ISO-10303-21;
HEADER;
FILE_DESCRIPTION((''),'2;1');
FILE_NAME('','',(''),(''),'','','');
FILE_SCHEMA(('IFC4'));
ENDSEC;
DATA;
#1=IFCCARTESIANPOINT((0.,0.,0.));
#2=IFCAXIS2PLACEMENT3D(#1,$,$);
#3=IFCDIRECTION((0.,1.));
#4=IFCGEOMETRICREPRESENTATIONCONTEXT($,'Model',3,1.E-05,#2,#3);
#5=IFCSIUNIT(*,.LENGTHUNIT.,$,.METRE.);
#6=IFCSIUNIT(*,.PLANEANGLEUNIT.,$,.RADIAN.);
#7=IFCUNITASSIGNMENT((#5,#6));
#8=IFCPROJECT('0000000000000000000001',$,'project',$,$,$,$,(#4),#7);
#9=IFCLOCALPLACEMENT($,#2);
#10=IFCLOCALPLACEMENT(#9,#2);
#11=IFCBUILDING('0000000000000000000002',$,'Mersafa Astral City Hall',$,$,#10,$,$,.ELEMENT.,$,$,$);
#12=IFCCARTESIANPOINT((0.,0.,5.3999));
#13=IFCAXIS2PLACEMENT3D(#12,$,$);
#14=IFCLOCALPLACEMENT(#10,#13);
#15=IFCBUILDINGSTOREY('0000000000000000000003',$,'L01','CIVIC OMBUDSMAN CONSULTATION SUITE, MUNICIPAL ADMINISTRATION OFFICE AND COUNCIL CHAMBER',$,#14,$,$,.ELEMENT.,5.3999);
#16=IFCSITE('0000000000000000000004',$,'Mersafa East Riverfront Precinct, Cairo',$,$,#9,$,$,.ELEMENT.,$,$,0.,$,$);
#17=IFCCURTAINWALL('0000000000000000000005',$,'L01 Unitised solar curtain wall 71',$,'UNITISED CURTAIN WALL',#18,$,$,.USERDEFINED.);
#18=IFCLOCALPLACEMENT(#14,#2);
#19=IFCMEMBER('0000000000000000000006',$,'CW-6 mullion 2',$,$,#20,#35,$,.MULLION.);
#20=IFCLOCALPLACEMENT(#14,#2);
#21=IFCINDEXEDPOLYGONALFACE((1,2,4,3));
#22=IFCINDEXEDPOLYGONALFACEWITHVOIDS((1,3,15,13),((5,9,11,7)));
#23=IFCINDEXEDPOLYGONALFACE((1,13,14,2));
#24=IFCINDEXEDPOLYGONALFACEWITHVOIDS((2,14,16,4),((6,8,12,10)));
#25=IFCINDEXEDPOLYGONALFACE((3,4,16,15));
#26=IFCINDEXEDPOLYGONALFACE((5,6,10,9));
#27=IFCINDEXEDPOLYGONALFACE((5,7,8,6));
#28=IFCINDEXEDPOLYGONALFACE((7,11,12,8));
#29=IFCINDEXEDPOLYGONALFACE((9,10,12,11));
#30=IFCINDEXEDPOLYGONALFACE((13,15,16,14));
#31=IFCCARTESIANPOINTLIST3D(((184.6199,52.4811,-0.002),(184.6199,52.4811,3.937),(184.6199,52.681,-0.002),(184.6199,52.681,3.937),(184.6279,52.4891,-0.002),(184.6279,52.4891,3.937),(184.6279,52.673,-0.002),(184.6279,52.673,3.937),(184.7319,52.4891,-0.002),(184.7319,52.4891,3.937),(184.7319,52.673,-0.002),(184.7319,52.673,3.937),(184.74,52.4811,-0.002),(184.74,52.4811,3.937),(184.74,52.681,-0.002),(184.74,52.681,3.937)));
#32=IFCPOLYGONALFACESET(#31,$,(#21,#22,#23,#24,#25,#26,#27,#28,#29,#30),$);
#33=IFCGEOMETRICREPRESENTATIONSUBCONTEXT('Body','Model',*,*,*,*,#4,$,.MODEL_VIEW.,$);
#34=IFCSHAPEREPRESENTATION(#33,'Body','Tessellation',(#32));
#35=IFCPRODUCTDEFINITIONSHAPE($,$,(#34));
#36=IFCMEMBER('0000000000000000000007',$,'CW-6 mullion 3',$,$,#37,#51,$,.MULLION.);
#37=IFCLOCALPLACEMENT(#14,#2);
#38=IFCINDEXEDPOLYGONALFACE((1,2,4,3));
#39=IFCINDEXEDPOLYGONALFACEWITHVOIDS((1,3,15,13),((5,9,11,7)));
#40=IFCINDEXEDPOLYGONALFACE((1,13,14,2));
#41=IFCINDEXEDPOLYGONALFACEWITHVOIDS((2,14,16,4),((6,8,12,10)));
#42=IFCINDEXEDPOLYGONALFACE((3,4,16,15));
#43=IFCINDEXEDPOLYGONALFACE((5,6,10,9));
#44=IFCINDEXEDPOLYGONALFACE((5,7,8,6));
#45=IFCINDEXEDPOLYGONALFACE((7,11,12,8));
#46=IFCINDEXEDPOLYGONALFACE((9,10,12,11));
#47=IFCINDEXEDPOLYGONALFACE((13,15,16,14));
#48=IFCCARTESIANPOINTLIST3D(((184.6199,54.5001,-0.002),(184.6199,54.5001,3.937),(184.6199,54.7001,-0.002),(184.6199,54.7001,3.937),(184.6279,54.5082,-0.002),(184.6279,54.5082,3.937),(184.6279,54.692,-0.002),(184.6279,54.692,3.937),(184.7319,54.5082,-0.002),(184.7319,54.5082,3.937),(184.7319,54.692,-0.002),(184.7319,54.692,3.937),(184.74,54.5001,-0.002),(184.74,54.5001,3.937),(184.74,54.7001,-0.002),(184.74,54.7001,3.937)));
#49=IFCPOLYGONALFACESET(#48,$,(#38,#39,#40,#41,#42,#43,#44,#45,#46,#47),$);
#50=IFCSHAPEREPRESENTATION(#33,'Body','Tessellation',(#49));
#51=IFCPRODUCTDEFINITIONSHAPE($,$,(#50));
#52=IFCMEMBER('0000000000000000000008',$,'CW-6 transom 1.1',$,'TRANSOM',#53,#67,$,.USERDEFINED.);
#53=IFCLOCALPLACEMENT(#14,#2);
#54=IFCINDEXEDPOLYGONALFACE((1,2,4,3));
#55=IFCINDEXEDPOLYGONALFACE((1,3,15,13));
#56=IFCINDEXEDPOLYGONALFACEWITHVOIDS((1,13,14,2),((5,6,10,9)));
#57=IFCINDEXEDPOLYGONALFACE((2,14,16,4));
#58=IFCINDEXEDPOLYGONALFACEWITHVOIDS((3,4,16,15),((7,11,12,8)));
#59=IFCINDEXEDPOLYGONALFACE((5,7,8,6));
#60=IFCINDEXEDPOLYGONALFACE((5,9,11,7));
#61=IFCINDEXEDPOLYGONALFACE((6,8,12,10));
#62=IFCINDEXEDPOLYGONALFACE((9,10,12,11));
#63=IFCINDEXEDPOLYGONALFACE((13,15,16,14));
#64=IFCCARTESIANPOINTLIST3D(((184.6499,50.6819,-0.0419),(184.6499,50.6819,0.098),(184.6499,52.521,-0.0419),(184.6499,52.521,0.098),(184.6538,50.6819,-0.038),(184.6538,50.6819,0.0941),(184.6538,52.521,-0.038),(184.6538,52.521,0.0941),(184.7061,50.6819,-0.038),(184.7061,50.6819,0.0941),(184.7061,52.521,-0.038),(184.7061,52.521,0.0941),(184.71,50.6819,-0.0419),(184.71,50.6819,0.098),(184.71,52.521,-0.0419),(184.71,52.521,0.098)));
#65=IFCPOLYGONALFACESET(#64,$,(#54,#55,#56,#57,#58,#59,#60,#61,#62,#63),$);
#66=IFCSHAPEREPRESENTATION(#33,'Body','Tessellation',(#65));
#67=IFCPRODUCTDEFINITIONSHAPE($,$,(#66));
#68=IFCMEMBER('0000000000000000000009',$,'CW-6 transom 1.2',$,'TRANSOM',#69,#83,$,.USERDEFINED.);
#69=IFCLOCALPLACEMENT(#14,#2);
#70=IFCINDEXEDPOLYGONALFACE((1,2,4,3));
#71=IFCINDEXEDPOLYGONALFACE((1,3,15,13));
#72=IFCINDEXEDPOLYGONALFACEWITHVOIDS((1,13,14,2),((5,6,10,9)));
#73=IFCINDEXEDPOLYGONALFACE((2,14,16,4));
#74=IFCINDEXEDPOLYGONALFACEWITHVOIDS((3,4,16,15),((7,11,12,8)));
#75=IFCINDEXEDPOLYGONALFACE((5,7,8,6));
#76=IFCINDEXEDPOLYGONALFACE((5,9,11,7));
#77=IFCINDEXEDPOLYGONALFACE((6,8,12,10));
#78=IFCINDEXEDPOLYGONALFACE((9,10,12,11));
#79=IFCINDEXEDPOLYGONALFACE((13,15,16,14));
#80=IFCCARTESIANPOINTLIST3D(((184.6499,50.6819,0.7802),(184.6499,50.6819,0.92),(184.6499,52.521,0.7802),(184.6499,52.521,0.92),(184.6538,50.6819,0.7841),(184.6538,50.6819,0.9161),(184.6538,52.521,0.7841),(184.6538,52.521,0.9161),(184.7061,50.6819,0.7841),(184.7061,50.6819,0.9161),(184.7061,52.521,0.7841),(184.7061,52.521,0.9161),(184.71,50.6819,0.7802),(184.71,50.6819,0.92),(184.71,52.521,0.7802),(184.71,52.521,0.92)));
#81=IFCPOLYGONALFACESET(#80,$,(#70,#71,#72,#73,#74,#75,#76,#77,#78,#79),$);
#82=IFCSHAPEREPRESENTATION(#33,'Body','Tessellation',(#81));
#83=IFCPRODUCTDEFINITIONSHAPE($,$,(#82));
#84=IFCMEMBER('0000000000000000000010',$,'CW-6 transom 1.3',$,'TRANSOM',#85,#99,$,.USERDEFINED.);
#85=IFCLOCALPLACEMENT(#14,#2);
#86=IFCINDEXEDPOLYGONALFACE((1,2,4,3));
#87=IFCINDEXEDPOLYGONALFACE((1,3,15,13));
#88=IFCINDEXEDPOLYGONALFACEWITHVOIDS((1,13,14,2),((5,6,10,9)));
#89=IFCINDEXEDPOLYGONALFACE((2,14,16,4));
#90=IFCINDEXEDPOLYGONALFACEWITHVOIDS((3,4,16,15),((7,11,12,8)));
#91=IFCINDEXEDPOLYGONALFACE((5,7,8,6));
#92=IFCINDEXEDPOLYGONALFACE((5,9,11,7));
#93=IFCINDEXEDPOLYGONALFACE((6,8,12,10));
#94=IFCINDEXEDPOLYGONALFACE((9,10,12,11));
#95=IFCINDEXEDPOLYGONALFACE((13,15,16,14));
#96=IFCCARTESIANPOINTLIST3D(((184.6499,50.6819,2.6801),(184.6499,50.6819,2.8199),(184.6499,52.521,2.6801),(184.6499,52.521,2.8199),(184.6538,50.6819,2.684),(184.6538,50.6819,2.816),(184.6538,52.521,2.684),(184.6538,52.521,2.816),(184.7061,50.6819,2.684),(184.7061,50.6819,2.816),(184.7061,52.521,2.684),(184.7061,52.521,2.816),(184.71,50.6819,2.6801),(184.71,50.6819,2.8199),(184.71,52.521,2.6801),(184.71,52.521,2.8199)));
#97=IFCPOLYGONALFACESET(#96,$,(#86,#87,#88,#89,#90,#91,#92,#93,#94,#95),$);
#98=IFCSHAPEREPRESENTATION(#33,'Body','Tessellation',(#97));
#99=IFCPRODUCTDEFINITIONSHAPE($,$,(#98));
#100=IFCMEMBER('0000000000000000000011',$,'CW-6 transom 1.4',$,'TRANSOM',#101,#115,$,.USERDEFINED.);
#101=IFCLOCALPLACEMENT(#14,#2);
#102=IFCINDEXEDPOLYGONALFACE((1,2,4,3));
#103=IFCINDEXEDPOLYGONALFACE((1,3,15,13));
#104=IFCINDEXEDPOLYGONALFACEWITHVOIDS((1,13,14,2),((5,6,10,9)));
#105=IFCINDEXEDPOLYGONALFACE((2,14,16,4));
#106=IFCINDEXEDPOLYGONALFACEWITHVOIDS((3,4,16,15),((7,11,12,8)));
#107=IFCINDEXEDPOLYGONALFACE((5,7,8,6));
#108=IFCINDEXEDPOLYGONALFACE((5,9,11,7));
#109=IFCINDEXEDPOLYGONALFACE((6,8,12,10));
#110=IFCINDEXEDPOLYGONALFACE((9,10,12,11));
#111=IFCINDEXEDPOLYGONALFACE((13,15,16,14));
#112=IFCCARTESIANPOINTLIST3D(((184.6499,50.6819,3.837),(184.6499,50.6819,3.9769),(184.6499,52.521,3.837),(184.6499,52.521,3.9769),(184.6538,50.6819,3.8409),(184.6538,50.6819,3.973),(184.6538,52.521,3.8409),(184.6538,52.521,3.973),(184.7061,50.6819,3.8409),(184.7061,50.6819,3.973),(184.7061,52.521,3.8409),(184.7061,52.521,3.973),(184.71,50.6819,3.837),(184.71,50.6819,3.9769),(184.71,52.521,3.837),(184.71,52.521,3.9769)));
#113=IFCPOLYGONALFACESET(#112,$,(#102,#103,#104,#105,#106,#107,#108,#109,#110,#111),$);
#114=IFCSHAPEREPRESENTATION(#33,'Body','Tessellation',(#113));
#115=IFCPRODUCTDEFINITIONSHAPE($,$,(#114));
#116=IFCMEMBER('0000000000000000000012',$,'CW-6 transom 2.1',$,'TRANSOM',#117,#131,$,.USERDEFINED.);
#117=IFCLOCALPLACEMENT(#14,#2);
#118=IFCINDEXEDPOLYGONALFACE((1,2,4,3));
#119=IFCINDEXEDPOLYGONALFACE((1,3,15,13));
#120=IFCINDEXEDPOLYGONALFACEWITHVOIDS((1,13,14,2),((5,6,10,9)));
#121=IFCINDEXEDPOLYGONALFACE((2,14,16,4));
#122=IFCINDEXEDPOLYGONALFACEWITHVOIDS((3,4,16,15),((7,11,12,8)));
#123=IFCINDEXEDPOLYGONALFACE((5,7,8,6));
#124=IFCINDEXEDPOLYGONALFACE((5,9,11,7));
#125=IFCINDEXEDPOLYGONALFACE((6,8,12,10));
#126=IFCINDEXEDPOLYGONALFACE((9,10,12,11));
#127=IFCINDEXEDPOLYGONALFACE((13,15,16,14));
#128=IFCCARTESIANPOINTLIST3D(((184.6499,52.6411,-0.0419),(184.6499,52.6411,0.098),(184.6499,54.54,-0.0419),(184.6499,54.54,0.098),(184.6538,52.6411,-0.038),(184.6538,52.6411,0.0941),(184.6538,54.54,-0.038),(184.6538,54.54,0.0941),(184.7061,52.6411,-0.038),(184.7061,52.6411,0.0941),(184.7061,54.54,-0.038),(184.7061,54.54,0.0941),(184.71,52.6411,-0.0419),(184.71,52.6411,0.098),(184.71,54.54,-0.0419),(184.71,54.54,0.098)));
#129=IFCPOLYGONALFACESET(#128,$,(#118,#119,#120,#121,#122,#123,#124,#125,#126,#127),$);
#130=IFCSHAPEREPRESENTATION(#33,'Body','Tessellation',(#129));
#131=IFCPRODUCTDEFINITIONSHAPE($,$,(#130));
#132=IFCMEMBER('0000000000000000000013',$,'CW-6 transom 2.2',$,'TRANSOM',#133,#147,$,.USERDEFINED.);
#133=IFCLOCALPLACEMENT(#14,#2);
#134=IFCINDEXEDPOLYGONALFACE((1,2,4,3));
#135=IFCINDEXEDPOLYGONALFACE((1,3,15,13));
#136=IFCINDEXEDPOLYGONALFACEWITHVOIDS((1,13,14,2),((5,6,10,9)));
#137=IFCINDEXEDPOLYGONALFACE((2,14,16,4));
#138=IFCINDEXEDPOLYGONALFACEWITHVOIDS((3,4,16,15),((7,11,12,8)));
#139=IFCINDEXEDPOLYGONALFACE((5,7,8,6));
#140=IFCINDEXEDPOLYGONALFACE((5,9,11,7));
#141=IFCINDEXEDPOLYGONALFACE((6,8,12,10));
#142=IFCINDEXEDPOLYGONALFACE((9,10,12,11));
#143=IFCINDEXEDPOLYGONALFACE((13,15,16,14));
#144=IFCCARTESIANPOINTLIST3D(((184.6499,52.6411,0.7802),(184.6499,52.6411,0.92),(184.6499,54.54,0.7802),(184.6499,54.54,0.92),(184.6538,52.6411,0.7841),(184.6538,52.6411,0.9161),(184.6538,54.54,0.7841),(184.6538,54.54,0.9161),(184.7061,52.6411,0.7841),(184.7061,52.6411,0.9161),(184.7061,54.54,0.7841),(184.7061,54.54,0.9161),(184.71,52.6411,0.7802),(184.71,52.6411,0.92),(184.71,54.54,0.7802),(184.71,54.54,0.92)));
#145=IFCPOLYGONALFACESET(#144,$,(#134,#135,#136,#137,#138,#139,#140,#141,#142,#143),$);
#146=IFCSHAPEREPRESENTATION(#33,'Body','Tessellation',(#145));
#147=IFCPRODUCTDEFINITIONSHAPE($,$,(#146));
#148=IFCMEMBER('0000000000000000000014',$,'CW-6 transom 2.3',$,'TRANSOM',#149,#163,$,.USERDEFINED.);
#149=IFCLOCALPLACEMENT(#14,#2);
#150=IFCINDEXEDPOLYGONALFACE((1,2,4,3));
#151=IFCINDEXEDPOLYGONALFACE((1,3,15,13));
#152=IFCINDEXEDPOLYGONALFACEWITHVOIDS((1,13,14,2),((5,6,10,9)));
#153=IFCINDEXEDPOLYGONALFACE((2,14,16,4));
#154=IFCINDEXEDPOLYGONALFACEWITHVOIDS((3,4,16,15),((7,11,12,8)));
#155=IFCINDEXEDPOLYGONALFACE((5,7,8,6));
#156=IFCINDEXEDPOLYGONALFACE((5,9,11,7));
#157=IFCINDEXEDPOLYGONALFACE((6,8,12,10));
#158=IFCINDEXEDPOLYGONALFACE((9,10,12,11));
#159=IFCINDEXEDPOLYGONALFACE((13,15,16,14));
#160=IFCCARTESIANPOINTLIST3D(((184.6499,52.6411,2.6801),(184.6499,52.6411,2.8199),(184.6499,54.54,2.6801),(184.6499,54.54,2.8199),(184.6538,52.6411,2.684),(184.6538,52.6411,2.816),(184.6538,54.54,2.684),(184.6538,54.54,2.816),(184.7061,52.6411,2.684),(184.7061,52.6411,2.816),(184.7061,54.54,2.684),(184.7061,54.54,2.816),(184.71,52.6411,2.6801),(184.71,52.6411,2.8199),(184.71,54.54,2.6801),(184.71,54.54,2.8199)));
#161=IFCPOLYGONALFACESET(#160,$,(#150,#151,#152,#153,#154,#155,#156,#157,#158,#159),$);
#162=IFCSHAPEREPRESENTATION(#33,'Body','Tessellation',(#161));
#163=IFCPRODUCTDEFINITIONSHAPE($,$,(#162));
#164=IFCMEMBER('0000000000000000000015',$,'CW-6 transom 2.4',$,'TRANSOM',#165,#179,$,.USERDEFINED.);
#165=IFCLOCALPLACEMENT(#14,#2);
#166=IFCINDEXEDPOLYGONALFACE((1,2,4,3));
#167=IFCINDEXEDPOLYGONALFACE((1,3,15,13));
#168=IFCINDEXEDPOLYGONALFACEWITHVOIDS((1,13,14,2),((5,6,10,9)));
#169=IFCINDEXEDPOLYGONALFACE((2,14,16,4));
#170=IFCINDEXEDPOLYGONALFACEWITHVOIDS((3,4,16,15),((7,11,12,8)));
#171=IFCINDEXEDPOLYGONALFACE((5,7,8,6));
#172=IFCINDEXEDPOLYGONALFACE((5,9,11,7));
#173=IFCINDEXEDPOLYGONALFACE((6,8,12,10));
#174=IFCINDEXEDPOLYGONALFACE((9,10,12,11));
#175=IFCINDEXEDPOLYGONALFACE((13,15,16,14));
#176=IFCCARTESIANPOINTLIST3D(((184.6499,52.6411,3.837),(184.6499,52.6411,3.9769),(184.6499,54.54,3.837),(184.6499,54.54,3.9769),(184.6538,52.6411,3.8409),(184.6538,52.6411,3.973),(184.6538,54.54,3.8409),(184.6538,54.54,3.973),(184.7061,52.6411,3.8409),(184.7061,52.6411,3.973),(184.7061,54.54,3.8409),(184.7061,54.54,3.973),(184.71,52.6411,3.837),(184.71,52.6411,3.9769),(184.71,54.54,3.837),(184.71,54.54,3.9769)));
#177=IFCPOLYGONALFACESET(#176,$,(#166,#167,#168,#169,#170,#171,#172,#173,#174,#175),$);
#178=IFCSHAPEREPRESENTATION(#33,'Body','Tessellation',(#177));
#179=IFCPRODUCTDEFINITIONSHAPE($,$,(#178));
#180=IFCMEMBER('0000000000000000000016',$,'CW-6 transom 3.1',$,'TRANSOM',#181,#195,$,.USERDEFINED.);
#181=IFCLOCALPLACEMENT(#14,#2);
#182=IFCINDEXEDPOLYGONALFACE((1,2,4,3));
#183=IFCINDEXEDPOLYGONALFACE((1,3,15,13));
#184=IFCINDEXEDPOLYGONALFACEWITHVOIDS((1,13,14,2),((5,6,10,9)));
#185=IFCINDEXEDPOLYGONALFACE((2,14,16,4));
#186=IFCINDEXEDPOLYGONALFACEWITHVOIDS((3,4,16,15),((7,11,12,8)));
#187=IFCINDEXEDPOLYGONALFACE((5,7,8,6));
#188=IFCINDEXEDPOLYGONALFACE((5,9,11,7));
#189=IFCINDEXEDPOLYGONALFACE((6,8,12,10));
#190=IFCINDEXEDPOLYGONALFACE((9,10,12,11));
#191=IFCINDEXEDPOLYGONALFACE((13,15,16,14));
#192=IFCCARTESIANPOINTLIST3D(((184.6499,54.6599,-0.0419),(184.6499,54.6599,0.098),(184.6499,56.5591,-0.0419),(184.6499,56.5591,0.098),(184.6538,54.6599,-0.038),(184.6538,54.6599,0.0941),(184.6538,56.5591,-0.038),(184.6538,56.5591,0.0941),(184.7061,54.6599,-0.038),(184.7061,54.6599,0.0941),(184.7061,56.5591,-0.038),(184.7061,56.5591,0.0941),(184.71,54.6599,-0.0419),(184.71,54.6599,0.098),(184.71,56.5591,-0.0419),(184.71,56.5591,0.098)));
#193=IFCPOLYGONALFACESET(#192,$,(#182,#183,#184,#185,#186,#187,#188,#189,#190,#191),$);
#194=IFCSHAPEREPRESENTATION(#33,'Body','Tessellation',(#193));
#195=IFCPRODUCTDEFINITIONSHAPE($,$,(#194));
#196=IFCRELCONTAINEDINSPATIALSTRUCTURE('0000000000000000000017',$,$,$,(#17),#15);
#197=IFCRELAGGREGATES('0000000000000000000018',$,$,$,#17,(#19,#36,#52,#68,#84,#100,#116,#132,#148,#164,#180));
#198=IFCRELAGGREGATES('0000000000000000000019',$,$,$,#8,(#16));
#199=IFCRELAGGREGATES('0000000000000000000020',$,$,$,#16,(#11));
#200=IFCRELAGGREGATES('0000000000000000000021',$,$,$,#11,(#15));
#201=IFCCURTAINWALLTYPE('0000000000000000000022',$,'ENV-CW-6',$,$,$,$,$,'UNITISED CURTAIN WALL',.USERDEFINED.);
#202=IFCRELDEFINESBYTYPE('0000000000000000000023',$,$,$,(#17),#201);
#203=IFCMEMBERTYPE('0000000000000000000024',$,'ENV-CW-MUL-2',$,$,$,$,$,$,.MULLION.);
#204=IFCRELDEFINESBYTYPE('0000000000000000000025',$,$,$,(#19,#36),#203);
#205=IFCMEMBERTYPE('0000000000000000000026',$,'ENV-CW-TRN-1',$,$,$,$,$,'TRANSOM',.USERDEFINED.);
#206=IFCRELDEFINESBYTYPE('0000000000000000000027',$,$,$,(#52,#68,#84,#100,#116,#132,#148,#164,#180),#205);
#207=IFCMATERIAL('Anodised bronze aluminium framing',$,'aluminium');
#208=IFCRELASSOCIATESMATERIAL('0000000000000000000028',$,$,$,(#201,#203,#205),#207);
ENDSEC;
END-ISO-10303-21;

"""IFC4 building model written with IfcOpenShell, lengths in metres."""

from ifc_helpers import new_model, si_unit, direction, frame, origin, origin_2d, place, context, subcontext, project, spatial, hollow_rectangle, extrude, material, material_profile, profile_set, type_object, element, aggregate, save


model = new_model("IFC4")

# Units and contexts
model_context = context("Model", 3, precision=1e-05, world=origin(), true_north=direction((0.0, 1.0)))
body_context = subcontext(model_context, "Body", "Model", "MODEL_VIEW")
ifc_project = project(units=[si_unit("LENGTHUNIT", "METRE"), si_unit("PLANEANGLEUNIT", "RADIAN")], contexts=[model_context])

# Site, building, storey
site_placement = place(None, origin())
site = spatial("IfcSite", under=ifc_project, at=site_placement, Name="Mersafa East Riverfront Precinct, Cairo", CompositionType="ELEMENT", RefElevation=0.0)
building_placement = place(site_placement, origin())
building = spatial("IfcBuilding", under=site, at=building_placement, Name="Mersafa Astral City Hall", CompositionType="ELEMENT")
storey_placement = place(building_placement, frame((0.0, 0.0, 5.3999)))
storey = spatial("IfcBuildingStorey", under=building, at=storey_placement, Name="L01", Description="CIVIC OMBUDSMAN CONSULTATION SUITE, MUNICIPAL ADMINISTRATION OFFICE AND COUNCIL CHAMBER", CompositionType="ELEMENT", Elevation=5.3999)

# Curtain wall, members
ifc_material_1 = material(Name="Anodised bronze aluminium framing", Category="aluminium")
curtain_wall_type = type_object("IfcCurtainWallType", Name="ENV-CW-6", ElementType="UNITISED CURTAIN WALL", PredefinedType="USERDEFINED", material=ifc_material_1)
curtain_wall_placement = place(storey_placement, origin())
curtain_wall = element("IfcCurtainWall", 1, at=curtain_wall_placement, inside=storey, type_object=curtain_wall_type, Name="L01 Unitised solar curtain wall 71", ObjectType="UNITISED CURTAIN WALL", PredefinedType="USERDEFINED")
ifc_material_profile_1 = material_profile(ifc_material_1, hollow_rectangle(XDim=0.1201, YDim=0.2, WallThickness=0.0081, at=origin_2d()), Name="RHS 120x200x8")
ifc_profile_set_1 = profile_set([ifc_material_profile_1], Name="Anodised bronze aluminium framing")
member_type_1 = type_object("IfcMemberType", Name="ENV-CW-MUL-2", PredefinedType="MULLION", material=ifc_profile_set_1)
member_1_placement = place(storey_placement, frame((184.6799, 52.5811, -0.002), z_axis=(0.0, 0.0, 1.0), x_axis=(-1.0, 0.0, 0.0)))
member_1 = element("IfcMember", 2, at=member_1_placement, type_object=member_type_1, Name="CW-6 mullion 2", PredefinedType="MULLION", context=body_context, shape_type="SweptSolid", body=[
    extrude(hollow_rectangle(XDim=0.1201, YDim=0.2, WallThickness=0.0081, at=origin_2d()), origin(), (0.0, 0.0, 1.0), 3.939),
])
member_2_placement = place(storey_placement, frame((184.6799, 54.6001, -0.002), z_axis=(0.0, 0.0, 1.0), x_axis=(-1.0, 0.0, 0.0)))
member_2 = element("IfcMember", 3, at=member_2_placement, type_object=member_type_1, Name="CW-6 mullion 3", PredefinedType="MULLION", context=body_context, shape_type="SweptSolid", body=[
    extrude(hollow_rectangle(XDim=0.1201, YDim=0.2, WallThickness=0.0081, at=origin_2d()), origin(), (0.0, 0.0, 1.0), 3.939),
])
ifc_material_profile_2 = material_profile(ifc_material_1, hollow_rectangle(XDim=0.0601, YDim=0.1399, WallThickness=0.0039, at=origin_2d()), Name="RHS 60x140x4")
ifc_profile_set_2 = profile_set([ifc_material_profile_2], Name="Anodised bronze aluminium framing")
member_type_2 = type_object("IfcMemberType", Name="ENV-CW-TRN-1", ElementType="TRANSOM", PredefinedType="USERDEFINED", material=ifc_profile_set_2)
member_3_placement = place(storey_placement, frame((184.6799, 50.6819, 0.0281), z_axis=(0.0, 1.0, 0.0), x_axis=(-1.0, 0.0, 0.0)))
member_3 = element("IfcMember", 4, at=member_3_placement, type_object=member_type_2, Name="CW-6 transom 1.1", ObjectType="TRANSOM", PredefinedType="USERDEFINED", context=body_context, shape_type="SweptSolid", body=[
    extrude(hollow_rectangle(XDim=0.0601, YDim=0.1399, WallThickness=0.0039, at=origin_2d()), origin(), (0.0, 0.0, 1.0), 1.8391),
])
member_4_placement = place(storey_placement, frame((184.6799, 50.6819, 0.8501), z_axis=(0.0, 1.0, 0.0), x_axis=(-1.0, 0.0, 0.0)))
member_4 = element("IfcMember", 5, at=member_4_placement, type_object=member_type_2, Name="CW-6 transom 1.2", ObjectType="TRANSOM", PredefinedType="USERDEFINED", context=body_context, shape_type="SweptSolid", body=[
    extrude(hollow_rectangle(XDim=0.0601, YDim=0.1399, WallThickness=0.0039, at=origin_2d()), origin(), (0.0, 0.0, 1.0), 1.8391),
])
member_5_placement = place(storey_placement, frame((184.6799, 50.6819, 2.75), z_axis=(0.0, 1.0, 0.0), x_axis=(-1.0, 0.0, 0.0)))
member_5 = element("IfcMember", 6, at=member_5_placement, type_object=member_type_2, Name="CW-6 transom 1.3", ObjectType="TRANSOM", PredefinedType="USERDEFINED", context=body_context, shape_type="SweptSolid", body=[
    extrude(hollow_rectangle(XDim=0.0601, YDim=0.1399, WallThickness=0.0039, at=origin_2d()), origin(), (0.0, 0.0, 1.0), 1.8391),
])
member_6_placement = place(storey_placement, frame((184.6799, 50.6819, 3.907), z_axis=(0.0, 1.0, 0.0), x_axis=(-1.0, 0.0, 0.0)))
member_6 = element("IfcMember", 7, at=member_6_placement, type_object=member_type_2, Name="CW-6 transom 1.4", ObjectType="TRANSOM", PredefinedType="USERDEFINED", context=body_context, shape_type="SweptSolid", body=[
    extrude(hollow_rectangle(XDim=0.0601, YDim=0.1399, WallThickness=0.0039, at=origin_2d()), origin(), (0.0, 0.0, 1.0), 1.8391),
])
member_7_placement = place(storey_placement, frame((184.6799, 52.6411, 0.0281), z_axis=(0.0, 1.0, 0.0), x_axis=(-1.0, 0.0, 0.0)))
member_7 = element("IfcMember", 8, at=member_7_placement, type_object=member_type_2, Name="CW-6 transom 2.1", ObjectType="TRANSOM", PredefinedType="USERDEFINED", context=body_context, shape_type="SweptSolid", body=[
    extrude(hollow_rectangle(XDim=0.0601, YDim=0.1399, WallThickness=0.0039, at=origin_2d()), origin(), (0.0, 0.0, 1.0), 1.8989),
])
member_8_placement = place(storey_placement, frame((184.6799, 52.6411, 0.8501), z_axis=(0.0, 1.0, 0.0), x_axis=(-1.0, 0.0, 0.0)))
member_8 = element("IfcMember", 9, at=member_8_placement, type_object=member_type_2, Name="CW-6 transom 2.2", ObjectType="TRANSOM", PredefinedType="USERDEFINED", context=body_context, shape_type="SweptSolid", body=[
    extrude(hollow_rectangle(XDim=0.0601, YDim=0.1399, WallThickness=0.0039, at=origin_2d()), origin(), (0.0, 0.0, 1.0), 1.8989),
])
member_9_placement = place(storey_placement, frame((184.6799, 52.6411, 2.75), z_axis=(0.0, 1.0, 0.0), x_axis=(-1.0, 0.0, 0.0)))
member_9 = element("IfcMember", 10, at=member_9_placement, type_object=member_type_2, Name="CW-6 transom 2.3", ObjectType="TRANSOM", PredefinedType="USERDEFINED", context=body_context, shape_type="SweptSolid", body=[
    extrude(hollow_rectangle(XDim=0.0601, YDim=0.1399, WallThickness=0.0039, at=origin_2d()), origin(), (0.0, 0.0, 1.0), 1.8989),
])
member_10_placement = place(storey_placement, frame((184.6799, 52.6411, 3.907), z_axis=(0.0, 1.0, 0.0), x_axis=(-1.0, 0.0, 0.0)))
member_10 = element("IfcMember", 11, at=member_10_placement, type_object=member_type_2, Name="CW-6 transom 2.4", ObjectType="TRANSOM", PredefinedType="USERDEFINED", context=body_context, shape_type="SweptSolid", body=[
    extrude(hollow_rectangle(XDim=0.0601, YDim=0.1399, WallThickness=0.0039, at=origin_2d()), origin(), (0.0, 0.0, 1.0), 1.8989),
])
member_11_placement = place(storey_placement, frame((184.6799, 54.6599, 0.0281), z_axis=(0.0, 1.0, 0.0), x_axis=(-1.0, 0.0, 0.0)))
member_11 = element("IfcMember", 12, at=member_11_placement, type_object=member_type_2, Name="CW-6 transom 3.1", ObjectType="TRANSOM", PredefinedType="USERDEFINED", context=body_context, shape_type="SweptSolid", body=[
    extrude(hollow_rectangle(XDim=0.0601, YDim=0.1399, WallThickness=0.0039, at=origin_2d()), origin(), (0.0, 0.0, 1.0), 1.8992),
])
aggregate(curtain_wall, [member_1, member_2, member_3, member_4, member_5, member_6, member_7, member_8, member_9, member_10, member_11])

save(model, "model.ifc")
